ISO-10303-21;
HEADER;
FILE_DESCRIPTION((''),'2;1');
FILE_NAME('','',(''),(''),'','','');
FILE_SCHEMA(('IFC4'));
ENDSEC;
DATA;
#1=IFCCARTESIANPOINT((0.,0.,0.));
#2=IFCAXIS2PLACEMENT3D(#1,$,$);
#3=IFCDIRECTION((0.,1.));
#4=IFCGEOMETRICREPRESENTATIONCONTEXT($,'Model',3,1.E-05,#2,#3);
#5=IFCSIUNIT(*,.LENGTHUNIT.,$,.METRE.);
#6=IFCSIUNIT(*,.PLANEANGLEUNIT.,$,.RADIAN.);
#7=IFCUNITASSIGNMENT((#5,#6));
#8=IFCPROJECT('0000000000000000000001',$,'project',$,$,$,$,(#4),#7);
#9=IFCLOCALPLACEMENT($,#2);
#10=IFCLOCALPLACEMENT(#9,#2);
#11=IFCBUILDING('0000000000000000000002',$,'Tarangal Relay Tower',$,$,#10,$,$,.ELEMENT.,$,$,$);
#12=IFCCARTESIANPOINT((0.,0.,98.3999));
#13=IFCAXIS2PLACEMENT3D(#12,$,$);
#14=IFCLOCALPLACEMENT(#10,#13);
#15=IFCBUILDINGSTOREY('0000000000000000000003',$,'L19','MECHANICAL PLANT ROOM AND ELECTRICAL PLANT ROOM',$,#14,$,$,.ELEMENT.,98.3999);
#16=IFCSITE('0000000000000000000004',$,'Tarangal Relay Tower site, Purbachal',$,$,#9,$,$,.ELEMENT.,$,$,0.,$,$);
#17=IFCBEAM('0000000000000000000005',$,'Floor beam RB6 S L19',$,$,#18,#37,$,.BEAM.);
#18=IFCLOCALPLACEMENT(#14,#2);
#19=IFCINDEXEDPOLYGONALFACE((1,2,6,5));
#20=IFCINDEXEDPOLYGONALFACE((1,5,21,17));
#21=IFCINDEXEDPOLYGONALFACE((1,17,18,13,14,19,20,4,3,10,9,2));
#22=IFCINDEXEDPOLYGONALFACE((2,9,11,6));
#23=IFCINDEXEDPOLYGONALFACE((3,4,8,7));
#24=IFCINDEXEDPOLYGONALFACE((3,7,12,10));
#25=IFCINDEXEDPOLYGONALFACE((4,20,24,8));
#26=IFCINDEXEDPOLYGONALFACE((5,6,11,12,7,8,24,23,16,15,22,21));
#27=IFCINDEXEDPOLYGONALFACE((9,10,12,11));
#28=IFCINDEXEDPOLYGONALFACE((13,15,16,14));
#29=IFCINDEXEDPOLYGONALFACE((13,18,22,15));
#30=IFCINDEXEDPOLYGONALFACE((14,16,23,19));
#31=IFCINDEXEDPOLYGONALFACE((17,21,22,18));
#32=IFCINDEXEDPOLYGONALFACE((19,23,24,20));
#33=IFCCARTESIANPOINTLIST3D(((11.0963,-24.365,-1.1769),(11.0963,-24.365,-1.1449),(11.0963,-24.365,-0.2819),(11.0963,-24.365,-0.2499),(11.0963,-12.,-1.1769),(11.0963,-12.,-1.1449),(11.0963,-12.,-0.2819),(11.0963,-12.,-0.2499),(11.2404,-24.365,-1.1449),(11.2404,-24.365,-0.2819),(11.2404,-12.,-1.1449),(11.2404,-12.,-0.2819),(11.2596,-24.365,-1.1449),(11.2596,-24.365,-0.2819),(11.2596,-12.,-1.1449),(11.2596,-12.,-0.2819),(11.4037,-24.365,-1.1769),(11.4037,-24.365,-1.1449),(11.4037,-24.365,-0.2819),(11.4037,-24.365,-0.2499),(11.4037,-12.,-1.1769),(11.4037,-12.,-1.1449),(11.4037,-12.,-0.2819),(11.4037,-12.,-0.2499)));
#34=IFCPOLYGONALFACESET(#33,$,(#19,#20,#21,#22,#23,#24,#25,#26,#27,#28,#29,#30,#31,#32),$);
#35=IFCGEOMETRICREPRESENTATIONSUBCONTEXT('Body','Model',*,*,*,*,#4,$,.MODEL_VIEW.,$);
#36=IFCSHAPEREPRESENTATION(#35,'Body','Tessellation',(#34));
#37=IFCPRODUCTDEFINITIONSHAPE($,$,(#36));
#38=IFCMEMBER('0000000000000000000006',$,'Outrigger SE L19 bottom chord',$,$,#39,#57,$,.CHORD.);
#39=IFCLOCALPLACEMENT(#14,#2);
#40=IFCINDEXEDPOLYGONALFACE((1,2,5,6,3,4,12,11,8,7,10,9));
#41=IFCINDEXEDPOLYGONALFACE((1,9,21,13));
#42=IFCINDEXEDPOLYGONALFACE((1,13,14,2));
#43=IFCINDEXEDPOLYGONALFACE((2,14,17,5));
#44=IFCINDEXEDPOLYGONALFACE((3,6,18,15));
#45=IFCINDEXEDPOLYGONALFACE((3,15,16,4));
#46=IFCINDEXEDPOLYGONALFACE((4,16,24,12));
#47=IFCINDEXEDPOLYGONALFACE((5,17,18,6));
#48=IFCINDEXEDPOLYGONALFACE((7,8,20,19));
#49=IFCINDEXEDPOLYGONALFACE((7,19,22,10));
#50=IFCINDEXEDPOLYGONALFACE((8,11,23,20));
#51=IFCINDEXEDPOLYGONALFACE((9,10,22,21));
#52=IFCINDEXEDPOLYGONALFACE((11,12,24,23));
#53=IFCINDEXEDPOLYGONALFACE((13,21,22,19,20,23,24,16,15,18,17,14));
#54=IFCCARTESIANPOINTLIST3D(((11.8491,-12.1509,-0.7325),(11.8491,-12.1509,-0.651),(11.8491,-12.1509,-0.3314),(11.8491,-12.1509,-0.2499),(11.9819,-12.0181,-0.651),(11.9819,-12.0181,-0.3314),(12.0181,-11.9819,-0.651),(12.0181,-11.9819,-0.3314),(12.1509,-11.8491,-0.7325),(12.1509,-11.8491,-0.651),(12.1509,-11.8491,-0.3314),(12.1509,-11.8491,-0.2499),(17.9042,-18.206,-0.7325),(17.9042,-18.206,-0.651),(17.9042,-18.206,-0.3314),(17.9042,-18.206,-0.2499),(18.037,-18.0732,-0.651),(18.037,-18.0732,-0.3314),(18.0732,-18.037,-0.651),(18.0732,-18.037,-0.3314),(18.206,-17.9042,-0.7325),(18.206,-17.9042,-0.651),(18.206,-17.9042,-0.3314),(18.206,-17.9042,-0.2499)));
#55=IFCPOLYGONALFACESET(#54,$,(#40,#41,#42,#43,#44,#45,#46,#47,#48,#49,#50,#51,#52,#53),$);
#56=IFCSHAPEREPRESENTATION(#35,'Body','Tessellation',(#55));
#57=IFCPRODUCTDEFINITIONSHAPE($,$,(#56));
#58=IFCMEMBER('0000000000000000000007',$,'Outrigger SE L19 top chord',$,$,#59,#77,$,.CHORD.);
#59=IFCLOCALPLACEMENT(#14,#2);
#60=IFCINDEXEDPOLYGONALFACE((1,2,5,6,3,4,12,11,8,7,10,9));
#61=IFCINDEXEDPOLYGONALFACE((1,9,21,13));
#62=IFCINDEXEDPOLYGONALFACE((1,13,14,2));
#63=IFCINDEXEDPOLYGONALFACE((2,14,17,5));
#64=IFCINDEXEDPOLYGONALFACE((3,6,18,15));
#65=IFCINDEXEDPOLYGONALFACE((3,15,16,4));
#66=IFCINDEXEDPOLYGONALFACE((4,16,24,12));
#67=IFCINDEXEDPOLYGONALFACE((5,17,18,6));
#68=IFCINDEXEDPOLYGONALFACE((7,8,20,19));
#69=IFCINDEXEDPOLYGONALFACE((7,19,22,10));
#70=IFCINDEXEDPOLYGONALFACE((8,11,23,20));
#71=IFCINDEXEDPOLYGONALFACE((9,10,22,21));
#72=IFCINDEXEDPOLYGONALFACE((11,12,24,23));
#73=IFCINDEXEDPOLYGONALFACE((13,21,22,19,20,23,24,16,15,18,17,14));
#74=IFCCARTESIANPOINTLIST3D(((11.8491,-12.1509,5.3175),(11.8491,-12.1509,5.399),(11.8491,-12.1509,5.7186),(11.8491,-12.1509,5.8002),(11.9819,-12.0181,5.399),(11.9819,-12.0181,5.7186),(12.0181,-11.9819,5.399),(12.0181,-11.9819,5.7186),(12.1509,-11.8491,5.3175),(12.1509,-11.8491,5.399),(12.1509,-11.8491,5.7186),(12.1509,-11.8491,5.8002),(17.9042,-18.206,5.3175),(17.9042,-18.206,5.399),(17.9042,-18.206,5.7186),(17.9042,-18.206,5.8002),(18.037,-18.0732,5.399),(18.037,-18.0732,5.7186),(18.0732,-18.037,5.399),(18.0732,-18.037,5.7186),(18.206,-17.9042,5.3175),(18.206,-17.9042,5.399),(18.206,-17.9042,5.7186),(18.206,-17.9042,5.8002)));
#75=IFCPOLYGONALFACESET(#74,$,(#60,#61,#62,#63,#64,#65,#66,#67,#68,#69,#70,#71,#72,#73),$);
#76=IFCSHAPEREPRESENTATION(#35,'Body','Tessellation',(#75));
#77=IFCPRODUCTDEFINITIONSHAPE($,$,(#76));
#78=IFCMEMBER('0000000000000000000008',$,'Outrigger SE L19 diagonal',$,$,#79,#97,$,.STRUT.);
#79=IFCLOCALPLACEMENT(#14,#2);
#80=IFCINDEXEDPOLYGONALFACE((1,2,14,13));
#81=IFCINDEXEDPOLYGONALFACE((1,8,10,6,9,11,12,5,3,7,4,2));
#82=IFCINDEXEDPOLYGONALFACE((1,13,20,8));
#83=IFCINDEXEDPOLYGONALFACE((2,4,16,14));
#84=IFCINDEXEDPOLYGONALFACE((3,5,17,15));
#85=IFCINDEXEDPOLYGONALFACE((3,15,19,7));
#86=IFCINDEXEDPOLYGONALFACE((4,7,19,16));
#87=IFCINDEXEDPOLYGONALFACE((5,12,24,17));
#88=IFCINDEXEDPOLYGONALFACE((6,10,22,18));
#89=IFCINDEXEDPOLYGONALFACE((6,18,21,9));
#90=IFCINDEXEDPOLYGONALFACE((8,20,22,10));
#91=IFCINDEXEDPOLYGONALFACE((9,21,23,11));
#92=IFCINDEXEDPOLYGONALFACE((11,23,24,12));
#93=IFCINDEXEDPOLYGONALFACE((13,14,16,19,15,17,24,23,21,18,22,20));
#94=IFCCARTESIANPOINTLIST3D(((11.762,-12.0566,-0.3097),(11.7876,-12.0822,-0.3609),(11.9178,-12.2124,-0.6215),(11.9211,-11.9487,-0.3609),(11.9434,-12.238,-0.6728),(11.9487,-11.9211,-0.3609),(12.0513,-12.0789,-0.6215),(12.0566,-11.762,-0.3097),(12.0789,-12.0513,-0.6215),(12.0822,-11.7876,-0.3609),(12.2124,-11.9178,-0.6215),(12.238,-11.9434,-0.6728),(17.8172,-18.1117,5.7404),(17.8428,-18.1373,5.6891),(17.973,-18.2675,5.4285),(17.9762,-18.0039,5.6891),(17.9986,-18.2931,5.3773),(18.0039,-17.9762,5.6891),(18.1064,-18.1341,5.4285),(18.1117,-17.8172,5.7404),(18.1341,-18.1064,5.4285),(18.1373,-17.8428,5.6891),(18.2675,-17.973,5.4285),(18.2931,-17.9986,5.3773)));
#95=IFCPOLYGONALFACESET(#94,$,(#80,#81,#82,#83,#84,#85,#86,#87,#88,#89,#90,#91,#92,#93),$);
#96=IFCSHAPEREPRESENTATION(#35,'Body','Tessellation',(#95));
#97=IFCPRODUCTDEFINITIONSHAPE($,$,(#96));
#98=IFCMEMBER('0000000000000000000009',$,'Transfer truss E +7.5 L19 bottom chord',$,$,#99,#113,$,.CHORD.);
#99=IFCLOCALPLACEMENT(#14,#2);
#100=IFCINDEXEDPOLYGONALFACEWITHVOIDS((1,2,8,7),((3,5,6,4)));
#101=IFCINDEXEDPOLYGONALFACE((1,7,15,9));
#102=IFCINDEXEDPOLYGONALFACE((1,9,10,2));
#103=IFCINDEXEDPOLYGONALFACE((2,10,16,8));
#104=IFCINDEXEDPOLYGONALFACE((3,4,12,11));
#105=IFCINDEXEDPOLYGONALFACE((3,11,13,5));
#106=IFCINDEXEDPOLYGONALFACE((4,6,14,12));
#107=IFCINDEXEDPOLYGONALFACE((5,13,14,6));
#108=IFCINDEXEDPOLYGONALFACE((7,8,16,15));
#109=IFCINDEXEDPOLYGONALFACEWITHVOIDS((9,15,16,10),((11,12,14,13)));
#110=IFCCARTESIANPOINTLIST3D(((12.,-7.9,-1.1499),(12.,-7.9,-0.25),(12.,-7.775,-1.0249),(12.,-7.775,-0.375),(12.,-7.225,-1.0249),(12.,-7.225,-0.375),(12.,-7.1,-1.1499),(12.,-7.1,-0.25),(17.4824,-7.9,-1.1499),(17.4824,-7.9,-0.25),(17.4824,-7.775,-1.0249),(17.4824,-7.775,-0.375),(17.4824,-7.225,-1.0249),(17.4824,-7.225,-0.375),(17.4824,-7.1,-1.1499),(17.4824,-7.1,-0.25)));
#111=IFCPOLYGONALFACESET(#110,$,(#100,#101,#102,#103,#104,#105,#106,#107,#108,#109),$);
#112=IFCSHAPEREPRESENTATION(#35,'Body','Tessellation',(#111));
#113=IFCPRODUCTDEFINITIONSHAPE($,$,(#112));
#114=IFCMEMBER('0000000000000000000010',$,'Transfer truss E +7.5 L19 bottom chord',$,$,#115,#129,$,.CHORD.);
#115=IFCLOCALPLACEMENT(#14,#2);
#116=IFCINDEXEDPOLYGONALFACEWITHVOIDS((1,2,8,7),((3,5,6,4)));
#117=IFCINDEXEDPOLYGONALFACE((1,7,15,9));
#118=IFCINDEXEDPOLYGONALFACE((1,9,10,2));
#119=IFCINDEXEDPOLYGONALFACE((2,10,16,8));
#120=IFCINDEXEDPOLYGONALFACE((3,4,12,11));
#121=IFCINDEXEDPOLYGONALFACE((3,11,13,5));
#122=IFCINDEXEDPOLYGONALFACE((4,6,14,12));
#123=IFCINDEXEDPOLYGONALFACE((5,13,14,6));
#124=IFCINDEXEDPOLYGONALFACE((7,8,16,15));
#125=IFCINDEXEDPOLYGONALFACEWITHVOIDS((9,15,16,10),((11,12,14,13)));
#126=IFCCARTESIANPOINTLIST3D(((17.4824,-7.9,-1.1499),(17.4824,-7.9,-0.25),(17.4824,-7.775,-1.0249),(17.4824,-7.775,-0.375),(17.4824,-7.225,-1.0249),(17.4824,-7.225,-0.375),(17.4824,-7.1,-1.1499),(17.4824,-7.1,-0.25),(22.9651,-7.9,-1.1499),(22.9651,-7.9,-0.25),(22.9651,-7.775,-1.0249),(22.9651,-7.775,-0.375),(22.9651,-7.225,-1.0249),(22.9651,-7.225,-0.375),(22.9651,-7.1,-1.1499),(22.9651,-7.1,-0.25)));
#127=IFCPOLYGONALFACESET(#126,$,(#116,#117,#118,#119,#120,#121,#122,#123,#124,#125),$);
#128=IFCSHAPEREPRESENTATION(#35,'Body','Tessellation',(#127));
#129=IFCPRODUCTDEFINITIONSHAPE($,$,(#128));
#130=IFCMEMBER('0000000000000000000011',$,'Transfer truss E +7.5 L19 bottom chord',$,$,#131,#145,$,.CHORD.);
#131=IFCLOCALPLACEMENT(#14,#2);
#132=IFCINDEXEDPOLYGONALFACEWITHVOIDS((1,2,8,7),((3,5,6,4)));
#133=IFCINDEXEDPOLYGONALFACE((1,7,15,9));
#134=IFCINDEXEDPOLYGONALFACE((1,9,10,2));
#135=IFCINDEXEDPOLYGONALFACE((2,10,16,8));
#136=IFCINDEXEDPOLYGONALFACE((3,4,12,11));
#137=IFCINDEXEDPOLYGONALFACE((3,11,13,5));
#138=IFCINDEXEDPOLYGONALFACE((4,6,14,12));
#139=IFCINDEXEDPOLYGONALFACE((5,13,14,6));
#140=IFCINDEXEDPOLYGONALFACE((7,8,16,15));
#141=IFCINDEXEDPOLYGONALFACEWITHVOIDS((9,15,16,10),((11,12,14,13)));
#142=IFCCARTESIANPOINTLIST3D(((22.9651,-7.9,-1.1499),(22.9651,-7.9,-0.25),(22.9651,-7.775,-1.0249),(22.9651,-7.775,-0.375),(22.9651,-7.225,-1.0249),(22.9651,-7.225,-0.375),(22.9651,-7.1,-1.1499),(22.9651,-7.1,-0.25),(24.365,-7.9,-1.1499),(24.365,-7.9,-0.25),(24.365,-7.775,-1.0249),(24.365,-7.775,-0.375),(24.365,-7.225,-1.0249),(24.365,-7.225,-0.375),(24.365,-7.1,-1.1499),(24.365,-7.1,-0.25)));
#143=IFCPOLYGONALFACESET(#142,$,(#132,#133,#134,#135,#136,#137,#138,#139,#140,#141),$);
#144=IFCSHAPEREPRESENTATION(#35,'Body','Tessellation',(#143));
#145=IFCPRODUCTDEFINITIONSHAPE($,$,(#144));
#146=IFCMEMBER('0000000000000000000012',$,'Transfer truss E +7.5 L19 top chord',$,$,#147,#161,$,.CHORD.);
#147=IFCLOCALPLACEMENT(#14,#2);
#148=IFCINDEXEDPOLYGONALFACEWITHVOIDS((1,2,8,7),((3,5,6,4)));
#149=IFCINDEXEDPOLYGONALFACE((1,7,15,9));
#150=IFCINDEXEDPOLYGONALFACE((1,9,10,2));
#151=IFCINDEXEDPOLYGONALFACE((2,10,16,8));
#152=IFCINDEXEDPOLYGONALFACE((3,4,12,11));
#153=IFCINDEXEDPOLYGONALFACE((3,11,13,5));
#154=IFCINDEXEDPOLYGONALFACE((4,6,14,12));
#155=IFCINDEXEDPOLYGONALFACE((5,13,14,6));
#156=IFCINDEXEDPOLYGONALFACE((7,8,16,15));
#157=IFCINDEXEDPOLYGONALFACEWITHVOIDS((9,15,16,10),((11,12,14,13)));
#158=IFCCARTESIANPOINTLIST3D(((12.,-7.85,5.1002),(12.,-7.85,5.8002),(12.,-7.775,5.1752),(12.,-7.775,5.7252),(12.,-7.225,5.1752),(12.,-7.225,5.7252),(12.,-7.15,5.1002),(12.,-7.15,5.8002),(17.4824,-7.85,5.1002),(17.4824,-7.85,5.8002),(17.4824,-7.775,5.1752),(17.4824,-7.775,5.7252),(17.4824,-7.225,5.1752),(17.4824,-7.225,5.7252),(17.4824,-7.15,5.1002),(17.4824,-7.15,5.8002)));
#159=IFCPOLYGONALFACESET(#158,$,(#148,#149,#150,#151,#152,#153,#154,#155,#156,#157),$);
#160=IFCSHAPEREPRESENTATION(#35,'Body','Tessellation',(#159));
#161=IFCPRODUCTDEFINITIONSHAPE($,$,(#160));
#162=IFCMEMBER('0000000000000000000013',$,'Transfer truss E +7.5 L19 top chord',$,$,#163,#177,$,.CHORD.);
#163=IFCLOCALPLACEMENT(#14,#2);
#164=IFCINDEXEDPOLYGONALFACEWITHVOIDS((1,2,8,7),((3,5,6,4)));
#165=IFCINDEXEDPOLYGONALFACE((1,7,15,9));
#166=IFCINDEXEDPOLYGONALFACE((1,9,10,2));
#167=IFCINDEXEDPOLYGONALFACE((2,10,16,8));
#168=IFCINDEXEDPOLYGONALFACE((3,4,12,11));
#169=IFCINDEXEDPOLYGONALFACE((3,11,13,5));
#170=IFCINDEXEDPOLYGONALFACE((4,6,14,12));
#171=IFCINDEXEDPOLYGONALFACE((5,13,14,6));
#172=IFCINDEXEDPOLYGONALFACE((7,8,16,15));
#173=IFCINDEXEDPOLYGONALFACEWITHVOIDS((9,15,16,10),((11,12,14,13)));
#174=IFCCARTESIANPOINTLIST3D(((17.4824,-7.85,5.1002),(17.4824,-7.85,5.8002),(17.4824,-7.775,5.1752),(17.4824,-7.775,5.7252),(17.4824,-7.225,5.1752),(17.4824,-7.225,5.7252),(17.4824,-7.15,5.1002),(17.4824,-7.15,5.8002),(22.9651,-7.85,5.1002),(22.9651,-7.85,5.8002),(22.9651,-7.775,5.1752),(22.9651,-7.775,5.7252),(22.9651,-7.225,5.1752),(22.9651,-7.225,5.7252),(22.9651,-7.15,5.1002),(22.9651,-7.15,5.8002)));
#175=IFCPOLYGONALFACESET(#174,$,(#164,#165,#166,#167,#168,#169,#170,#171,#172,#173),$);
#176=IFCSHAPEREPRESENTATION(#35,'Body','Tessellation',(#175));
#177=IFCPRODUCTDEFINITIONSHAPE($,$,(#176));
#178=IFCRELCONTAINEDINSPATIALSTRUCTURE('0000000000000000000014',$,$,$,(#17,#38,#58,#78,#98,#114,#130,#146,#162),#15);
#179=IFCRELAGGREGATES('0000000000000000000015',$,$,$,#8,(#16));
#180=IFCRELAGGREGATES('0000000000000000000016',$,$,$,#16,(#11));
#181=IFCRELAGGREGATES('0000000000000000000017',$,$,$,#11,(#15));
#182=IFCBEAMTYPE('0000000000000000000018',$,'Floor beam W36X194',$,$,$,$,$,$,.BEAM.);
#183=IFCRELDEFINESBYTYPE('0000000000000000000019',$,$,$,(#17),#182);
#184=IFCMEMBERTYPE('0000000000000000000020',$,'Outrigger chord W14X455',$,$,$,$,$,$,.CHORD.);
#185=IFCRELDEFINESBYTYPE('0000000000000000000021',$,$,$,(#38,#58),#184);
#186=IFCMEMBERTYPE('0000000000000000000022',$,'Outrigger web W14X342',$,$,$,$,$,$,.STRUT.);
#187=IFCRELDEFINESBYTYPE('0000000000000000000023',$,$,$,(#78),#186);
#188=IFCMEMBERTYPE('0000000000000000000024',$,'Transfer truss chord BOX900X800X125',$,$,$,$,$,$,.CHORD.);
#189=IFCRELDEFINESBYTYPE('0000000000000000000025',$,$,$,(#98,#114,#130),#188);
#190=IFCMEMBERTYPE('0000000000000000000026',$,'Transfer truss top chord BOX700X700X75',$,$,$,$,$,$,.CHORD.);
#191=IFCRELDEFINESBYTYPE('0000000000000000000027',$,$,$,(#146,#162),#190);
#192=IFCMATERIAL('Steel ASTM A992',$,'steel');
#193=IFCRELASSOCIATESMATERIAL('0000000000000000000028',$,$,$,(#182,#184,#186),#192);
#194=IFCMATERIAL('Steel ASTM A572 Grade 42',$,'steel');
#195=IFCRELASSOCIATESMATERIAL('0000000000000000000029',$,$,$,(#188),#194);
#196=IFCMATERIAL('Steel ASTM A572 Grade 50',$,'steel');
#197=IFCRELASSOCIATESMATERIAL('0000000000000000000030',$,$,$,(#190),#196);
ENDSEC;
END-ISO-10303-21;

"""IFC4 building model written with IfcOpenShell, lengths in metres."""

from ifc_helpers import new_model, si_unit, direction, frame, origin, origin_2d, place, context, subcontext, project, spatial, hollow_rectangle, i_section, extrude, material, material_profile, profile_set, type_object, element, save


model = new_model("IFC4")

# Units and contexts
model_context = context("Model", 3, precision=1e-05, world=origin(), true_north=direction((0.0, 1.0)))
body_context = subcontext(model_context, "Body", "Model", "MODEL_VIEW")
ifc_project = project(units=[si_unit("LENGTHUNIT", "METRE"), si_unit("PLANEANGLEUNIT", "RADIAN")], contexts=[model_context])

# Site, building, storey
site_placement = place(None, origin())
site = spatial("IfcSite", under=ifc_project, at=site_placement, Name="Tarangal Relay Tower site, Purbachal", CompositionType="ELEMENT", RefElevation=0.0)
building_placement = place(site_placement, origin())
building = spatial("IfcBuilding", under=site, at=building_placement, Name="Tarangal Relay Tower", CompositionType="ELEMENT")
storey_placement = place(building_placement, frame((0.0, 0.0, 98.3999)))
storey = spatial("IfcBuildingStorey", under=building, at=storey_placement, Name="L19", Description="MECHANICAL PLANT ROOM AND ELECTRICAL PLANT ROOM", CompositionType="ELEMENT", Elevation=98.3999)

# Shared definitions
ifc_material_1 = material(Name="Steel ASTM A572 Grade 50", Category="steel")

# Shared definitions
ifc_material_2 = material(Name="Steel ASTM A992", Category="steel")

# Beam
ifc_material_profile_1 = material_profile(ifc_material_2, i_section(OverallWidth=0.3074, OverallDepth=0.927, WebThickness=0.0193, FlangeThickness=0.032, at=origin_2d()), Name="W36X194")
ifc_profile_set_1 = profile_set([ifc_material_profile_1], Name="Steel ASTM A992")
beam_type_1 = type_object("IfcBeamType", Name="Floor beam W36X194", PredefinedType="BEAM", material=ifc_profile_set_1)
for number, where, z_axis, x_axis, name in (
    (1, (11.25, -12.0, -0.7134), (0.0, -1.0, 0.0), (1.0, 0.0, 0.0), "Floor beam RB6 S L19"),
):
    element("IfcBeam", number, at=place(storey_placement, frame(where, z_axis=z_axis, x_axis=x_axis)), inside=storey, type_object=beam_type_1, Name=name, PredefinedType="BEAM", context=body_context, shape_type="SweptSolid", body=[
        extrude(i_section(OverallWidth=0.3074, OverallDepth=0.927, WebThickness=0.0193, FlangeThickness=0.032, at=origin_2d()), origin(), (0.0, 0.0, 1.0), 12.365),
    ])

# Members
ifc_material_profile_2 = material_profile(ifc_material_2, i_section(OverallWidth=0.4268, OverallDepth=0.4827, WebThickness=0.0513, FlangeThickness=0.0815, at=origin_2d()), Name="W14X455")
ifc_profile_set_2 = profile_set([ifc_material_profile_2], Name="Steel ASTM A992")
member_type_1 = type_object("IfcMemberType", Name="Outrigger chord W14X455", PredefinedType="CHORD", material=ifc_profile_set_2)
for number, where, z_axis, x_axis, name in (
    (2, (12.0, -12.0, -0.4912), (0.707107, -0.707107, 0.0), (0.707107, 0.707107, 0.0), "Outrigger SE L19 bottom chord"),
    (3, (12.0, -12.0, 5.5588), (0.707107, -0.707107, 0.0), (0.707107, 0.707107, 0.0), "Outrigger SE L19 top chord"),
):
    element("IfcMember", number, at=place(storey_placement, frame(where, z_axis=z_axis, x_axis=x_axis)), inside=storey, type_object=member_type_1, Name=name, PredefinedType="CHORD", context=body_context, shape_type="SweptSolid", body=[
        extrude(i_section(OverallWidth=0.4268, OverallDepth=0.4827, WebThickness=0.0513, FlangeThickness=0.0815, at=origin_2d()), origin(), (0.0, 0.0, 1.0), 8.5632),
    ])
ifc_material_profile_3 = material_profile(ifc_material_2, i_section(OverallWidth=0.4165, OverallDepth=0.4446, WebThickness=0.0391, FlangeThickness=0.0627, at=origin_2d()), Name="W14X342")
ifc_profile_set_3 = profile_set([ifc_material_profile_3], Name="Steel ASTM A992")
member_type_2 = type_object("IfcMemberType", Name="Outrigger web W14X342", PredefinedType="STRUT", material=ifc_profile_set_3)
member_1_placement = place(storey_placement, frame((12.0, -12.0, -0.4912), z_axis=(0.577513, -0.577513, 0.577024), x_axis=(0.707107, 0.707107, 0.0)))
element("IfcMember", 4, at=member_1_placement, inside=storey, type_object=member_type_2, Name="Outrigger SE L19 diagonal", PredefinedType="STRUT", context=body_context, shape_type="SweptSolid", body=[
    extrude(i_section(OverallWidth=0.4165, OverallDepth=0.4446, WebThickness=0.0391, FlangeThickness=0.0627, at=origin_2d()), origin(), (0.0, 0.0, 1.0), 10.4849),
])
ifc_material_3 = material(Name="Steel ASTM A572 Grade 42", Category="steel")
ifc_material_profile_4 = material_profile(ifc_material_3, hollow_rectangle(XDim=0.8, YDim=0.8999, WallThickness=0.125, at=origin_2d()), Name="BOX900X800X125")
ifc_profile_set_4 = profile_set([ifc_material_profile_4], Name="Steel ASTM A572 Grade 42")
member_type_3 = type_object("IfcMemberType", Name="Transfer truss chord BOX900X800X125", PredefinedType="CHORD", material=ifc_profile_set_4)
member_2_placement = place(storey_placement, frame((12.0, -7.5, -0.7), z_axis=(1.0, 0.0, 0.0), x_axis=(0.0, 1.0, 0.0)))
element("IfcMember", 5, at=member_2_placement, inside=storey, type_object=member_type_3, Name="Transfer truss E +7.5 L19 bottom chord", PredefinedType="CHORD", context=body_context, shape_type="SweptSolid", body=[
    extrude(hollow_rectangle(XDim=0.8, YDim=0.8999, WallThickness=0.125, at=origin_2d()), origin(), (0.0, 0.0, 1.0), 5.4824),
])
member_3_placement = place(storey_placement, frame((17.4824, -7.5, -0.7), z_axis=(1.0, 0.0, 0.0), x_axis=(0.0, 1.0, 0.0)))
element("IfcMember", 6, at=member_3_placement, inside=storey, type_object=member_type_3, Name="Transfer truss E +7.5 L19 bottom chord", PredefinedType="CHORD", context=body_context, shape_type="SweptSolid", body=[
    extrude(hollow_rectangle(XDim=0.8, YDim=0.8999, WallThickness=0.125, at=origin_2d()), origin(), (0.0, 0.0, 1.0), 5.4827),
])
member_4_placement = place(storey_placement, frame((22.9651, -7.5, -0.7), z_axis=(1.0, 0.0, 0.0), x_axis=(0.0, 1.0, 0.0)))
element("IfcMember", 7, at=member_4_placement, inside=storey, type_object=member_type_3, Name="Transfer truss E +7.5 L19 bottom chord", PredefinedType="CHORD", context=body_context, shape_type="SweptSolid", body=[
    extrude(hollow_rectangle(XDim=0.8, YDim=0.8999, WallThickness=0.125, at=origin_2d()), origin(), (0.0, 0.0, 1.0), 1.3999),
])
ifc_material_profile_5 = material_profile(ifc_material_1, hollow_rectangle(XDim=0.7, YDim=0.7, WallThickness=0.075, at=origin_2d()), Name="BOX700X700X75")
ifc_profile_set_5 = profile_set([ifc_material_profile_5], Name="Steel ASTM A572 Grade 50")
member_type_4 = type_object("IfcMemberType", Name="Transfer truss top chord BOX700X700X75", PredefinedType="CHORD", material=ifc_profile_set_5)
member_5_placement = place(storey_placement, frame((12.0, -7.5, 5.4502), z_axis=(1.0, 0.0, 0.0), x_axis=(0.0, 1.0, 0.0)))
element("IfcMember", 8, at=member_5_placement, inside=storey, type_object=member_type_4, Name="Transfer truss E +7.5 L19 top chord", PredefinedType="CHORD", context=body_context, shape_type="SweptSolid", body=[
    extrude(hollow_rectangle(XDim=0.7, YDim=0.7, WallThickness=0.075, at=origin_2d()), origin(), (0.0, 0.0, 1.0), 5.4824),
])
member_6_placement = place(storey_placement, frame((17.4824, -7.5, 5.4502), z_axis=(1.0, 0.0, 0.0), x_axis=(0.0, 1.0, 0.0)))
element("IfcMember", 9, at=member_6_placement, inside=storey, type_object=member_type_4, Name="Transfer truss E +7.5 L19 top chord", PredefinedType="CHORD", context=body_context, shape_type="SweptSolid", body=[
    extrude(hollow_rectangle(XDim=0.7, YDim=0.7, WallThickness=0.075, at=origin_2d()), origin(), (0.0, 0.0, 1.0), 5.4827),
])

save(model, "model.ifc")
